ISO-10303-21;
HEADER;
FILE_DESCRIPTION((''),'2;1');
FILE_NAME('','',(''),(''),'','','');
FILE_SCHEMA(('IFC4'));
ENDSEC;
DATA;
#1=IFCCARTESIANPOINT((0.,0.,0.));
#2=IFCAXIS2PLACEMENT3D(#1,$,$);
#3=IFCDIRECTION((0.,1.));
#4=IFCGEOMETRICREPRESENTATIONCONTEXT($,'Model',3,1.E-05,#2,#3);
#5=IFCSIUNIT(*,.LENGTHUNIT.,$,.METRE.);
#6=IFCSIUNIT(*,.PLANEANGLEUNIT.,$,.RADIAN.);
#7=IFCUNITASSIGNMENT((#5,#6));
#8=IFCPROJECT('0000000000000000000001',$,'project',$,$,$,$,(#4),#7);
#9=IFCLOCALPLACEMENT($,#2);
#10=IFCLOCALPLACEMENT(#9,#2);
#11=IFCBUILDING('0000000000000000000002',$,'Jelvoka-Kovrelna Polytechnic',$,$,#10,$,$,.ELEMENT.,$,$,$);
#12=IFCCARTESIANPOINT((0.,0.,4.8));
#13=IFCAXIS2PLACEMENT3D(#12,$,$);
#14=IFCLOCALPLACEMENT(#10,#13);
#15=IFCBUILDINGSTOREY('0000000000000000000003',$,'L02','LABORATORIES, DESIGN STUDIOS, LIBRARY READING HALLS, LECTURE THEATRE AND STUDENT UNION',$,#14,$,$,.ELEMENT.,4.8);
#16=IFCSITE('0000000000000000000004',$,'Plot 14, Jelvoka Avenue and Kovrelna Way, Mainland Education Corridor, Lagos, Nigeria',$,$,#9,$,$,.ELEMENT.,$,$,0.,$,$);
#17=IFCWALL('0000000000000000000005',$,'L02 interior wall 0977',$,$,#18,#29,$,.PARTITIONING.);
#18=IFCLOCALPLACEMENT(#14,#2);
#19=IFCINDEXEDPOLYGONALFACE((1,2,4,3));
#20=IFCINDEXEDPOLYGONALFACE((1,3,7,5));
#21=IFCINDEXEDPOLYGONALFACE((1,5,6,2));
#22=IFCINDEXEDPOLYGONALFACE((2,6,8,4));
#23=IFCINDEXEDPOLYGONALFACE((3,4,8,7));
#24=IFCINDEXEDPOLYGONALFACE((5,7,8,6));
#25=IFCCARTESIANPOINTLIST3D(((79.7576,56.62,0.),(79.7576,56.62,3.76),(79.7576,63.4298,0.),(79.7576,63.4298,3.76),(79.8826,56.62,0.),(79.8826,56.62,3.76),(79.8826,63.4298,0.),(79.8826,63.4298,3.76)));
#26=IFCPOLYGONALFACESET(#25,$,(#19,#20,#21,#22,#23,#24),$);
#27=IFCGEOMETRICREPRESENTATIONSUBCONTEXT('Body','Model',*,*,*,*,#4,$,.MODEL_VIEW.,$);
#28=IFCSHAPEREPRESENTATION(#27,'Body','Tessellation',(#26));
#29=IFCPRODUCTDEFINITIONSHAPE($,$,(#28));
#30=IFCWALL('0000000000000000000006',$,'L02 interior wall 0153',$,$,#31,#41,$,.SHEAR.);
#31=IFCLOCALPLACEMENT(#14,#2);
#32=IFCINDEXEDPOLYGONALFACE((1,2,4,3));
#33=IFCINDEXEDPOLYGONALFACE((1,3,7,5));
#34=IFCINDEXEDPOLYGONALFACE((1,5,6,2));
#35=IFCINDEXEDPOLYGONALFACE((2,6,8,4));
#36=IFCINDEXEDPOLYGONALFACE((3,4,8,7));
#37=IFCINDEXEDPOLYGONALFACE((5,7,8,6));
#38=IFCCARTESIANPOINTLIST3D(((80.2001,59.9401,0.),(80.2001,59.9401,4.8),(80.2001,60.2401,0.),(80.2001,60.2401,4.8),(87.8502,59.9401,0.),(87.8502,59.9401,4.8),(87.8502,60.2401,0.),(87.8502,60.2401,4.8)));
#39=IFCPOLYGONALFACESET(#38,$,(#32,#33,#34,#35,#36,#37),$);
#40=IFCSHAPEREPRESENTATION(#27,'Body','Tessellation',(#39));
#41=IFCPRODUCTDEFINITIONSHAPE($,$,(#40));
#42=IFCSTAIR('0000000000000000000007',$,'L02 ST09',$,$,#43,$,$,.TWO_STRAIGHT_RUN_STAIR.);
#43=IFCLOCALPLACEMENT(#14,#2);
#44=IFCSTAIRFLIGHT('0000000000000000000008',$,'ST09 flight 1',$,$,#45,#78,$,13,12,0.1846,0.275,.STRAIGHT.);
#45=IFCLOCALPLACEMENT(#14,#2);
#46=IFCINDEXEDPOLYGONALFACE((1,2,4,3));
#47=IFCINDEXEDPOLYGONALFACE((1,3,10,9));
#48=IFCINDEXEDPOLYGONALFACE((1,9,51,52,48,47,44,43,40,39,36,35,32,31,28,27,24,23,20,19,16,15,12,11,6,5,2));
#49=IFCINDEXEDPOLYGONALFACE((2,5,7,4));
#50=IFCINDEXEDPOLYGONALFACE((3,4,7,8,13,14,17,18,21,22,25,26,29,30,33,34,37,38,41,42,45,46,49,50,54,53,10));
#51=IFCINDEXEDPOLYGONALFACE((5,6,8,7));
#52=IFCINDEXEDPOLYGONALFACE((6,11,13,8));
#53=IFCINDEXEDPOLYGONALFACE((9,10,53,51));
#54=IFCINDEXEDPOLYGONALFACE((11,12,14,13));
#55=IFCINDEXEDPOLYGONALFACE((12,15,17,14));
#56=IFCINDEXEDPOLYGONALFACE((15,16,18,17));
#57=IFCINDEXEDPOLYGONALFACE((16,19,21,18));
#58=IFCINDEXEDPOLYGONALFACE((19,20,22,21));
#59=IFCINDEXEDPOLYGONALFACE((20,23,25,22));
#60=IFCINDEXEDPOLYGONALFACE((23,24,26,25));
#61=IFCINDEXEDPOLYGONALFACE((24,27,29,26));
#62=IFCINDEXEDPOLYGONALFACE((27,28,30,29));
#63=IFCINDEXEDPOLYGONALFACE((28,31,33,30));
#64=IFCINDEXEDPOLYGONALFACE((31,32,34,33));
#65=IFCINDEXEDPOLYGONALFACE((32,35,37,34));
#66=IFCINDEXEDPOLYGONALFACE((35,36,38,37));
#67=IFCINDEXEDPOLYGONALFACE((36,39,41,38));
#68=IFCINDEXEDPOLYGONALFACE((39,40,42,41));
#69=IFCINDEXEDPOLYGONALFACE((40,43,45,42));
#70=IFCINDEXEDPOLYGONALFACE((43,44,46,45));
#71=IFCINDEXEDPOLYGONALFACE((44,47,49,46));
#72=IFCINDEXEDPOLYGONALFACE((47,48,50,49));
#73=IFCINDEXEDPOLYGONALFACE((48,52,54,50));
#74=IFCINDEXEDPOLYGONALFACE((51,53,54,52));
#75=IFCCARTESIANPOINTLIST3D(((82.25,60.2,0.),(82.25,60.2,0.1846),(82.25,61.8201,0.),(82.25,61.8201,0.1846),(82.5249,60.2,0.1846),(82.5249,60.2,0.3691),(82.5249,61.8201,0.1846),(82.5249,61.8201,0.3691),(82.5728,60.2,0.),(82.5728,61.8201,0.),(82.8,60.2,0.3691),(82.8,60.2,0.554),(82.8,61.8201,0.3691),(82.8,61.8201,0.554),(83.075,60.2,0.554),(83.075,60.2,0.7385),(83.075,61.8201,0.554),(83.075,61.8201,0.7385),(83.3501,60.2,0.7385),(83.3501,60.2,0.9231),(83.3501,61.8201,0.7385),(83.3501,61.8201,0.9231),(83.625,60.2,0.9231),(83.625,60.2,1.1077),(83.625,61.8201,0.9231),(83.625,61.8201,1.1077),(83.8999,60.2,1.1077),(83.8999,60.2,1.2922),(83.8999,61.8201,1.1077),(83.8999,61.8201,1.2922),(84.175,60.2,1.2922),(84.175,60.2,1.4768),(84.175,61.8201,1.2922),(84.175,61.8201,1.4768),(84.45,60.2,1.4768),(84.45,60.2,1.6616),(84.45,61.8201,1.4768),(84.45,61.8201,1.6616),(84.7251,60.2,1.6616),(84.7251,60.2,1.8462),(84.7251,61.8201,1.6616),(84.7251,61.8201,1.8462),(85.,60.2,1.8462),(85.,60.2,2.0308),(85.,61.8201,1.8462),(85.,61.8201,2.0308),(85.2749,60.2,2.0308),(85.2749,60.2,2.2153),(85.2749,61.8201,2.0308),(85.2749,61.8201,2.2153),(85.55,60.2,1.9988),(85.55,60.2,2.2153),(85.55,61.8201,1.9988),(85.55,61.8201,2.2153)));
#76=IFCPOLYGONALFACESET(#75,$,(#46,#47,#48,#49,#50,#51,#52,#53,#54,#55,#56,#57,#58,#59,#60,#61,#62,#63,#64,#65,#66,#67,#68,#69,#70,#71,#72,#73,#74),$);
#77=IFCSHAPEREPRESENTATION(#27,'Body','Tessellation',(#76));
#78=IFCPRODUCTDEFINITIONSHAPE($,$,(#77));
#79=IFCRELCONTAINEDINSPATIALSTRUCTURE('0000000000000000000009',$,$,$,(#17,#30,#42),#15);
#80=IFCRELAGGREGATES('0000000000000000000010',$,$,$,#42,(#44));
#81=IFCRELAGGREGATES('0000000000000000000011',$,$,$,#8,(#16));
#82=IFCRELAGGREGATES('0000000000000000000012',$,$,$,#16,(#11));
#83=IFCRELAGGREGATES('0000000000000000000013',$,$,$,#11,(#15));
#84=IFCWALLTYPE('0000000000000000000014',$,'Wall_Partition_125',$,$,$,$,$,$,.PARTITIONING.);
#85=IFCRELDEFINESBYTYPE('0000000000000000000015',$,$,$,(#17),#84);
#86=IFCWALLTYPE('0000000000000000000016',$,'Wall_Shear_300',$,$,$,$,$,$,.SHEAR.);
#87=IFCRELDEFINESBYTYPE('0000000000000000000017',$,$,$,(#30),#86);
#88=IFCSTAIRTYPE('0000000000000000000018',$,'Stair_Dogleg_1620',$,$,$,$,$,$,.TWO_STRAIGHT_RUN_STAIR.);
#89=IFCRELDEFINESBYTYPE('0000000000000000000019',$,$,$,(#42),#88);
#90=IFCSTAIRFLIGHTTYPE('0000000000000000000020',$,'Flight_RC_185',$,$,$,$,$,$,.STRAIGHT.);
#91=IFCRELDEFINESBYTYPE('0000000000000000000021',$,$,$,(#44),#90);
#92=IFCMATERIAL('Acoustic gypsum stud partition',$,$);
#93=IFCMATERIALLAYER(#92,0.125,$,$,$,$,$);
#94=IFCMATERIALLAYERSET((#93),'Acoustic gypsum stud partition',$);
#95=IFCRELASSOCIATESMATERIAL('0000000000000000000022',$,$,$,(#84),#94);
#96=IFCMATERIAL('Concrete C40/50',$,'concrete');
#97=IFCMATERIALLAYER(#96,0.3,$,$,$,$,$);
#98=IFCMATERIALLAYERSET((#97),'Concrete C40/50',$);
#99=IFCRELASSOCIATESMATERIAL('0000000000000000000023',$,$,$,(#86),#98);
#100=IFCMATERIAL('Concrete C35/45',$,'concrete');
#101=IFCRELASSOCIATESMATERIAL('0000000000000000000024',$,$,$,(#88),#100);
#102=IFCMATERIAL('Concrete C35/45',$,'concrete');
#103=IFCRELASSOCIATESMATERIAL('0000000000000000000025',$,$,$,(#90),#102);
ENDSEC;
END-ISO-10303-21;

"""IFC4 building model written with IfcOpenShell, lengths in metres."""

from ifc_helpers import new_model, si_unit, direction, frame, frame_2d, origin, place, context, subcontext, project, spatial, polyline, rectangle, outline, extrude, material, layer, layer_set, type_object, element, aggregate, save


model = new_model("IFC4")

# Units and contexts
model_context = context("Model", 3, precision=1e-05, world=origin(), true_north=direction((0.0, 1.0)))
body_context = subcontext(model_context, "Body", "Model", "MODEL_VIEW")
ifc_project = project(units=[si_unit("LENGTHUNIT", "METRE"), si_unit("PLANEANGLEUNIT", "RADIAN")], contexts=[model_context])

# Site, building, storey
site_placement = place(None, origin())
site = spatial("IfcSite", under=ifc_project, at=site_placement, Name="Plot 14, Jelvoka Avenue and Kovrelna Way, Mainland Education Corridor, Lagos, Nigeria", CompositionType="ELEMENT", RefElevation=0.0)
building_placement = place(site_placement, origin())
building = spatial("IfcBuilding", under=site, at=building_placement, Name="Jelvoka-Kovrelna Polytechnic", CompositionType="ELEMENT")
storey_placement = place(building_placement, frame((0.0, 0.0, 4.8)))
storey = spatial("IfcBuildingStorey", under=building, at=storey_placement, Name="L02", Description="LABORATORIES, DESIGN STUDIOS, LIBRARY READING HALLS, LECTURE THEATRE AND STUDENT UNION", CompositionType="ELEMENT", Elevation=4.8)

# Walls
ifc_material_1 = material(Name="Acoustic gypsum stud partition")
ifc_layer_1 = layer(ifc_material_1, 0.125)
ifc_layer_set_1 = layer_set([ifc_layer_1], Name="Acoustic gypsum stud partition")
wall_type_1 = type_object("IfcWallType", Name="Wall_Partition_125", PredefinedType="PARTITIONING", material=ifc_layer_set_1)
wall_1_placement = place(storey_placement, frame((79.8201, 56.6201, 0.0), z_axis=(0.0, 0.0, 1.0), x_axis=(0.0, 1.0, 0.0)))
element("IfcWall", 1, at=wall_1_placement, inside=storey, type_object=wall_type_1, Name="L02 interior wall 0977", PredefinedType="PARTITIONING", context=body_context, shape_type="SweptSolid", body=[
    extrude(rectangle(XDim=6.8098, YDim=0.125, at=frame_2d((3.4048, 0.0))), origin(), (0.0, 0.0, 1.0), 3.76),
])
ifc_material_2 = material(Name="Concrete C40/50", Category="concrete")
ifc_layer_2 = layer(ifc_material_2, 0.3)
ifc_layer_set_2 = layer_set([ifc_layer_2], Name="Concrete C40/50")
wall_type_2 = type_object("IfcWallType", Name="Wall_Shear_300", PredefinedType="SHEAR", material=ifc_layer_set_2)
wall_2_placement = place(storey_placement, frame((80.2, 60.0901, 0.0), z_axis=(0.0, 0.0, 1.0), x_axis=(1.0, 0.0, 0.0)))
element("IfcWall", 2, at=wall_2_placement, inside=storey, type_object=wall_type_2, Name="L02 interior wall 0153", PredefinedType="SHEAR", context=body_context, shape_type="SweptSolid", body=[
    extrude(rectangle(XDim=7.6501, YDim=0.3, at=frame_2d((3.8252, 0.0))), origin(), (0.0, 0.0, 1.0), 4.8),
])

# Stair, stair flight
ifc_material_3 = material(Name="Concrete C35/45", Category="concrete")
stair_type = type_object("IfcStairType", Name="Stair_Dogleg_1620", PredefinedType="TWO_STRAIGHT_RUN_STAIR", material=ifc_material_3)
stair_placement = place(storey_placement, origin())
stair = element("IfcStair", 3, at=stair_placement, inside=storey, type_object=stair_type, Name="L02 ST09", PredefinedType="TWO_STRAIGHT_RUN_STAIR")
ifc_material_4 = material(Name="Concrete C35/45", Category="concrete")
stair_flight_type = type_object("IfcStairFlightType", Name="Flight_RC_185", PredefinedType="STRAIGHT", material=ifc_material_4)
stair_flight_placement = place(storey_placement, frame((82.25, 61.01, 0.0), z_axis=(0.0, 0.0, 1.0), x_axis=(1.0, 0.0, 0.0)))
stair_flight = element("IfcStairFlight", 4, at=stair_flight_placement, type_object=stair_flight_type, Name="ST09 flight 1", NumberOfRisers=13, NumberOfTreads=12, PredefinedType="STRAIGHT", RiserHeight=0.1846, TreadLength=0.275, context=body_context, shape_type="SweptSolid", body=[
    extrude(outline(polyline([(0.0, 0.0), (0.0, 0.1846), (0.2749, 0.1846), (0.2749, 0.3691), (0.55, 0.3691), (0.55, 0.554), (0.825, 0.554), (0.825, 0.7385), (1.1001, 0.7385), (1.1001, 0.9231), (1.375, 0.9231), (1.375, 1.1077), (1.6499, 1.1077), (1.6499, 1.2922), (1.925, 1.2922), (1.925, 1.4768), (2.2, 1.4768), (2.2, 1.6616), (2.4751, 1.6616), (2.4751, 1.8462), (2.75, 1.8462), (2.75, 2.0308), (3.0249, 2.0308), (3.0249, 2.2153), (3.3, 2.2153), (3.3, 2.3999), (3.3, 1.9988), (0.3228, 0.0), (0.0, 0.0)])), frame((0.0, 0.8101, 0.0), z_axis=(0.0, -1.0, 0.0), x_axis=(1.0, 0.0, 0.0)), (0.0, 0.0, 1.0), 1.6201),
])
aggregate(stair, [stair_flight])

save(model, "model.ifc")
